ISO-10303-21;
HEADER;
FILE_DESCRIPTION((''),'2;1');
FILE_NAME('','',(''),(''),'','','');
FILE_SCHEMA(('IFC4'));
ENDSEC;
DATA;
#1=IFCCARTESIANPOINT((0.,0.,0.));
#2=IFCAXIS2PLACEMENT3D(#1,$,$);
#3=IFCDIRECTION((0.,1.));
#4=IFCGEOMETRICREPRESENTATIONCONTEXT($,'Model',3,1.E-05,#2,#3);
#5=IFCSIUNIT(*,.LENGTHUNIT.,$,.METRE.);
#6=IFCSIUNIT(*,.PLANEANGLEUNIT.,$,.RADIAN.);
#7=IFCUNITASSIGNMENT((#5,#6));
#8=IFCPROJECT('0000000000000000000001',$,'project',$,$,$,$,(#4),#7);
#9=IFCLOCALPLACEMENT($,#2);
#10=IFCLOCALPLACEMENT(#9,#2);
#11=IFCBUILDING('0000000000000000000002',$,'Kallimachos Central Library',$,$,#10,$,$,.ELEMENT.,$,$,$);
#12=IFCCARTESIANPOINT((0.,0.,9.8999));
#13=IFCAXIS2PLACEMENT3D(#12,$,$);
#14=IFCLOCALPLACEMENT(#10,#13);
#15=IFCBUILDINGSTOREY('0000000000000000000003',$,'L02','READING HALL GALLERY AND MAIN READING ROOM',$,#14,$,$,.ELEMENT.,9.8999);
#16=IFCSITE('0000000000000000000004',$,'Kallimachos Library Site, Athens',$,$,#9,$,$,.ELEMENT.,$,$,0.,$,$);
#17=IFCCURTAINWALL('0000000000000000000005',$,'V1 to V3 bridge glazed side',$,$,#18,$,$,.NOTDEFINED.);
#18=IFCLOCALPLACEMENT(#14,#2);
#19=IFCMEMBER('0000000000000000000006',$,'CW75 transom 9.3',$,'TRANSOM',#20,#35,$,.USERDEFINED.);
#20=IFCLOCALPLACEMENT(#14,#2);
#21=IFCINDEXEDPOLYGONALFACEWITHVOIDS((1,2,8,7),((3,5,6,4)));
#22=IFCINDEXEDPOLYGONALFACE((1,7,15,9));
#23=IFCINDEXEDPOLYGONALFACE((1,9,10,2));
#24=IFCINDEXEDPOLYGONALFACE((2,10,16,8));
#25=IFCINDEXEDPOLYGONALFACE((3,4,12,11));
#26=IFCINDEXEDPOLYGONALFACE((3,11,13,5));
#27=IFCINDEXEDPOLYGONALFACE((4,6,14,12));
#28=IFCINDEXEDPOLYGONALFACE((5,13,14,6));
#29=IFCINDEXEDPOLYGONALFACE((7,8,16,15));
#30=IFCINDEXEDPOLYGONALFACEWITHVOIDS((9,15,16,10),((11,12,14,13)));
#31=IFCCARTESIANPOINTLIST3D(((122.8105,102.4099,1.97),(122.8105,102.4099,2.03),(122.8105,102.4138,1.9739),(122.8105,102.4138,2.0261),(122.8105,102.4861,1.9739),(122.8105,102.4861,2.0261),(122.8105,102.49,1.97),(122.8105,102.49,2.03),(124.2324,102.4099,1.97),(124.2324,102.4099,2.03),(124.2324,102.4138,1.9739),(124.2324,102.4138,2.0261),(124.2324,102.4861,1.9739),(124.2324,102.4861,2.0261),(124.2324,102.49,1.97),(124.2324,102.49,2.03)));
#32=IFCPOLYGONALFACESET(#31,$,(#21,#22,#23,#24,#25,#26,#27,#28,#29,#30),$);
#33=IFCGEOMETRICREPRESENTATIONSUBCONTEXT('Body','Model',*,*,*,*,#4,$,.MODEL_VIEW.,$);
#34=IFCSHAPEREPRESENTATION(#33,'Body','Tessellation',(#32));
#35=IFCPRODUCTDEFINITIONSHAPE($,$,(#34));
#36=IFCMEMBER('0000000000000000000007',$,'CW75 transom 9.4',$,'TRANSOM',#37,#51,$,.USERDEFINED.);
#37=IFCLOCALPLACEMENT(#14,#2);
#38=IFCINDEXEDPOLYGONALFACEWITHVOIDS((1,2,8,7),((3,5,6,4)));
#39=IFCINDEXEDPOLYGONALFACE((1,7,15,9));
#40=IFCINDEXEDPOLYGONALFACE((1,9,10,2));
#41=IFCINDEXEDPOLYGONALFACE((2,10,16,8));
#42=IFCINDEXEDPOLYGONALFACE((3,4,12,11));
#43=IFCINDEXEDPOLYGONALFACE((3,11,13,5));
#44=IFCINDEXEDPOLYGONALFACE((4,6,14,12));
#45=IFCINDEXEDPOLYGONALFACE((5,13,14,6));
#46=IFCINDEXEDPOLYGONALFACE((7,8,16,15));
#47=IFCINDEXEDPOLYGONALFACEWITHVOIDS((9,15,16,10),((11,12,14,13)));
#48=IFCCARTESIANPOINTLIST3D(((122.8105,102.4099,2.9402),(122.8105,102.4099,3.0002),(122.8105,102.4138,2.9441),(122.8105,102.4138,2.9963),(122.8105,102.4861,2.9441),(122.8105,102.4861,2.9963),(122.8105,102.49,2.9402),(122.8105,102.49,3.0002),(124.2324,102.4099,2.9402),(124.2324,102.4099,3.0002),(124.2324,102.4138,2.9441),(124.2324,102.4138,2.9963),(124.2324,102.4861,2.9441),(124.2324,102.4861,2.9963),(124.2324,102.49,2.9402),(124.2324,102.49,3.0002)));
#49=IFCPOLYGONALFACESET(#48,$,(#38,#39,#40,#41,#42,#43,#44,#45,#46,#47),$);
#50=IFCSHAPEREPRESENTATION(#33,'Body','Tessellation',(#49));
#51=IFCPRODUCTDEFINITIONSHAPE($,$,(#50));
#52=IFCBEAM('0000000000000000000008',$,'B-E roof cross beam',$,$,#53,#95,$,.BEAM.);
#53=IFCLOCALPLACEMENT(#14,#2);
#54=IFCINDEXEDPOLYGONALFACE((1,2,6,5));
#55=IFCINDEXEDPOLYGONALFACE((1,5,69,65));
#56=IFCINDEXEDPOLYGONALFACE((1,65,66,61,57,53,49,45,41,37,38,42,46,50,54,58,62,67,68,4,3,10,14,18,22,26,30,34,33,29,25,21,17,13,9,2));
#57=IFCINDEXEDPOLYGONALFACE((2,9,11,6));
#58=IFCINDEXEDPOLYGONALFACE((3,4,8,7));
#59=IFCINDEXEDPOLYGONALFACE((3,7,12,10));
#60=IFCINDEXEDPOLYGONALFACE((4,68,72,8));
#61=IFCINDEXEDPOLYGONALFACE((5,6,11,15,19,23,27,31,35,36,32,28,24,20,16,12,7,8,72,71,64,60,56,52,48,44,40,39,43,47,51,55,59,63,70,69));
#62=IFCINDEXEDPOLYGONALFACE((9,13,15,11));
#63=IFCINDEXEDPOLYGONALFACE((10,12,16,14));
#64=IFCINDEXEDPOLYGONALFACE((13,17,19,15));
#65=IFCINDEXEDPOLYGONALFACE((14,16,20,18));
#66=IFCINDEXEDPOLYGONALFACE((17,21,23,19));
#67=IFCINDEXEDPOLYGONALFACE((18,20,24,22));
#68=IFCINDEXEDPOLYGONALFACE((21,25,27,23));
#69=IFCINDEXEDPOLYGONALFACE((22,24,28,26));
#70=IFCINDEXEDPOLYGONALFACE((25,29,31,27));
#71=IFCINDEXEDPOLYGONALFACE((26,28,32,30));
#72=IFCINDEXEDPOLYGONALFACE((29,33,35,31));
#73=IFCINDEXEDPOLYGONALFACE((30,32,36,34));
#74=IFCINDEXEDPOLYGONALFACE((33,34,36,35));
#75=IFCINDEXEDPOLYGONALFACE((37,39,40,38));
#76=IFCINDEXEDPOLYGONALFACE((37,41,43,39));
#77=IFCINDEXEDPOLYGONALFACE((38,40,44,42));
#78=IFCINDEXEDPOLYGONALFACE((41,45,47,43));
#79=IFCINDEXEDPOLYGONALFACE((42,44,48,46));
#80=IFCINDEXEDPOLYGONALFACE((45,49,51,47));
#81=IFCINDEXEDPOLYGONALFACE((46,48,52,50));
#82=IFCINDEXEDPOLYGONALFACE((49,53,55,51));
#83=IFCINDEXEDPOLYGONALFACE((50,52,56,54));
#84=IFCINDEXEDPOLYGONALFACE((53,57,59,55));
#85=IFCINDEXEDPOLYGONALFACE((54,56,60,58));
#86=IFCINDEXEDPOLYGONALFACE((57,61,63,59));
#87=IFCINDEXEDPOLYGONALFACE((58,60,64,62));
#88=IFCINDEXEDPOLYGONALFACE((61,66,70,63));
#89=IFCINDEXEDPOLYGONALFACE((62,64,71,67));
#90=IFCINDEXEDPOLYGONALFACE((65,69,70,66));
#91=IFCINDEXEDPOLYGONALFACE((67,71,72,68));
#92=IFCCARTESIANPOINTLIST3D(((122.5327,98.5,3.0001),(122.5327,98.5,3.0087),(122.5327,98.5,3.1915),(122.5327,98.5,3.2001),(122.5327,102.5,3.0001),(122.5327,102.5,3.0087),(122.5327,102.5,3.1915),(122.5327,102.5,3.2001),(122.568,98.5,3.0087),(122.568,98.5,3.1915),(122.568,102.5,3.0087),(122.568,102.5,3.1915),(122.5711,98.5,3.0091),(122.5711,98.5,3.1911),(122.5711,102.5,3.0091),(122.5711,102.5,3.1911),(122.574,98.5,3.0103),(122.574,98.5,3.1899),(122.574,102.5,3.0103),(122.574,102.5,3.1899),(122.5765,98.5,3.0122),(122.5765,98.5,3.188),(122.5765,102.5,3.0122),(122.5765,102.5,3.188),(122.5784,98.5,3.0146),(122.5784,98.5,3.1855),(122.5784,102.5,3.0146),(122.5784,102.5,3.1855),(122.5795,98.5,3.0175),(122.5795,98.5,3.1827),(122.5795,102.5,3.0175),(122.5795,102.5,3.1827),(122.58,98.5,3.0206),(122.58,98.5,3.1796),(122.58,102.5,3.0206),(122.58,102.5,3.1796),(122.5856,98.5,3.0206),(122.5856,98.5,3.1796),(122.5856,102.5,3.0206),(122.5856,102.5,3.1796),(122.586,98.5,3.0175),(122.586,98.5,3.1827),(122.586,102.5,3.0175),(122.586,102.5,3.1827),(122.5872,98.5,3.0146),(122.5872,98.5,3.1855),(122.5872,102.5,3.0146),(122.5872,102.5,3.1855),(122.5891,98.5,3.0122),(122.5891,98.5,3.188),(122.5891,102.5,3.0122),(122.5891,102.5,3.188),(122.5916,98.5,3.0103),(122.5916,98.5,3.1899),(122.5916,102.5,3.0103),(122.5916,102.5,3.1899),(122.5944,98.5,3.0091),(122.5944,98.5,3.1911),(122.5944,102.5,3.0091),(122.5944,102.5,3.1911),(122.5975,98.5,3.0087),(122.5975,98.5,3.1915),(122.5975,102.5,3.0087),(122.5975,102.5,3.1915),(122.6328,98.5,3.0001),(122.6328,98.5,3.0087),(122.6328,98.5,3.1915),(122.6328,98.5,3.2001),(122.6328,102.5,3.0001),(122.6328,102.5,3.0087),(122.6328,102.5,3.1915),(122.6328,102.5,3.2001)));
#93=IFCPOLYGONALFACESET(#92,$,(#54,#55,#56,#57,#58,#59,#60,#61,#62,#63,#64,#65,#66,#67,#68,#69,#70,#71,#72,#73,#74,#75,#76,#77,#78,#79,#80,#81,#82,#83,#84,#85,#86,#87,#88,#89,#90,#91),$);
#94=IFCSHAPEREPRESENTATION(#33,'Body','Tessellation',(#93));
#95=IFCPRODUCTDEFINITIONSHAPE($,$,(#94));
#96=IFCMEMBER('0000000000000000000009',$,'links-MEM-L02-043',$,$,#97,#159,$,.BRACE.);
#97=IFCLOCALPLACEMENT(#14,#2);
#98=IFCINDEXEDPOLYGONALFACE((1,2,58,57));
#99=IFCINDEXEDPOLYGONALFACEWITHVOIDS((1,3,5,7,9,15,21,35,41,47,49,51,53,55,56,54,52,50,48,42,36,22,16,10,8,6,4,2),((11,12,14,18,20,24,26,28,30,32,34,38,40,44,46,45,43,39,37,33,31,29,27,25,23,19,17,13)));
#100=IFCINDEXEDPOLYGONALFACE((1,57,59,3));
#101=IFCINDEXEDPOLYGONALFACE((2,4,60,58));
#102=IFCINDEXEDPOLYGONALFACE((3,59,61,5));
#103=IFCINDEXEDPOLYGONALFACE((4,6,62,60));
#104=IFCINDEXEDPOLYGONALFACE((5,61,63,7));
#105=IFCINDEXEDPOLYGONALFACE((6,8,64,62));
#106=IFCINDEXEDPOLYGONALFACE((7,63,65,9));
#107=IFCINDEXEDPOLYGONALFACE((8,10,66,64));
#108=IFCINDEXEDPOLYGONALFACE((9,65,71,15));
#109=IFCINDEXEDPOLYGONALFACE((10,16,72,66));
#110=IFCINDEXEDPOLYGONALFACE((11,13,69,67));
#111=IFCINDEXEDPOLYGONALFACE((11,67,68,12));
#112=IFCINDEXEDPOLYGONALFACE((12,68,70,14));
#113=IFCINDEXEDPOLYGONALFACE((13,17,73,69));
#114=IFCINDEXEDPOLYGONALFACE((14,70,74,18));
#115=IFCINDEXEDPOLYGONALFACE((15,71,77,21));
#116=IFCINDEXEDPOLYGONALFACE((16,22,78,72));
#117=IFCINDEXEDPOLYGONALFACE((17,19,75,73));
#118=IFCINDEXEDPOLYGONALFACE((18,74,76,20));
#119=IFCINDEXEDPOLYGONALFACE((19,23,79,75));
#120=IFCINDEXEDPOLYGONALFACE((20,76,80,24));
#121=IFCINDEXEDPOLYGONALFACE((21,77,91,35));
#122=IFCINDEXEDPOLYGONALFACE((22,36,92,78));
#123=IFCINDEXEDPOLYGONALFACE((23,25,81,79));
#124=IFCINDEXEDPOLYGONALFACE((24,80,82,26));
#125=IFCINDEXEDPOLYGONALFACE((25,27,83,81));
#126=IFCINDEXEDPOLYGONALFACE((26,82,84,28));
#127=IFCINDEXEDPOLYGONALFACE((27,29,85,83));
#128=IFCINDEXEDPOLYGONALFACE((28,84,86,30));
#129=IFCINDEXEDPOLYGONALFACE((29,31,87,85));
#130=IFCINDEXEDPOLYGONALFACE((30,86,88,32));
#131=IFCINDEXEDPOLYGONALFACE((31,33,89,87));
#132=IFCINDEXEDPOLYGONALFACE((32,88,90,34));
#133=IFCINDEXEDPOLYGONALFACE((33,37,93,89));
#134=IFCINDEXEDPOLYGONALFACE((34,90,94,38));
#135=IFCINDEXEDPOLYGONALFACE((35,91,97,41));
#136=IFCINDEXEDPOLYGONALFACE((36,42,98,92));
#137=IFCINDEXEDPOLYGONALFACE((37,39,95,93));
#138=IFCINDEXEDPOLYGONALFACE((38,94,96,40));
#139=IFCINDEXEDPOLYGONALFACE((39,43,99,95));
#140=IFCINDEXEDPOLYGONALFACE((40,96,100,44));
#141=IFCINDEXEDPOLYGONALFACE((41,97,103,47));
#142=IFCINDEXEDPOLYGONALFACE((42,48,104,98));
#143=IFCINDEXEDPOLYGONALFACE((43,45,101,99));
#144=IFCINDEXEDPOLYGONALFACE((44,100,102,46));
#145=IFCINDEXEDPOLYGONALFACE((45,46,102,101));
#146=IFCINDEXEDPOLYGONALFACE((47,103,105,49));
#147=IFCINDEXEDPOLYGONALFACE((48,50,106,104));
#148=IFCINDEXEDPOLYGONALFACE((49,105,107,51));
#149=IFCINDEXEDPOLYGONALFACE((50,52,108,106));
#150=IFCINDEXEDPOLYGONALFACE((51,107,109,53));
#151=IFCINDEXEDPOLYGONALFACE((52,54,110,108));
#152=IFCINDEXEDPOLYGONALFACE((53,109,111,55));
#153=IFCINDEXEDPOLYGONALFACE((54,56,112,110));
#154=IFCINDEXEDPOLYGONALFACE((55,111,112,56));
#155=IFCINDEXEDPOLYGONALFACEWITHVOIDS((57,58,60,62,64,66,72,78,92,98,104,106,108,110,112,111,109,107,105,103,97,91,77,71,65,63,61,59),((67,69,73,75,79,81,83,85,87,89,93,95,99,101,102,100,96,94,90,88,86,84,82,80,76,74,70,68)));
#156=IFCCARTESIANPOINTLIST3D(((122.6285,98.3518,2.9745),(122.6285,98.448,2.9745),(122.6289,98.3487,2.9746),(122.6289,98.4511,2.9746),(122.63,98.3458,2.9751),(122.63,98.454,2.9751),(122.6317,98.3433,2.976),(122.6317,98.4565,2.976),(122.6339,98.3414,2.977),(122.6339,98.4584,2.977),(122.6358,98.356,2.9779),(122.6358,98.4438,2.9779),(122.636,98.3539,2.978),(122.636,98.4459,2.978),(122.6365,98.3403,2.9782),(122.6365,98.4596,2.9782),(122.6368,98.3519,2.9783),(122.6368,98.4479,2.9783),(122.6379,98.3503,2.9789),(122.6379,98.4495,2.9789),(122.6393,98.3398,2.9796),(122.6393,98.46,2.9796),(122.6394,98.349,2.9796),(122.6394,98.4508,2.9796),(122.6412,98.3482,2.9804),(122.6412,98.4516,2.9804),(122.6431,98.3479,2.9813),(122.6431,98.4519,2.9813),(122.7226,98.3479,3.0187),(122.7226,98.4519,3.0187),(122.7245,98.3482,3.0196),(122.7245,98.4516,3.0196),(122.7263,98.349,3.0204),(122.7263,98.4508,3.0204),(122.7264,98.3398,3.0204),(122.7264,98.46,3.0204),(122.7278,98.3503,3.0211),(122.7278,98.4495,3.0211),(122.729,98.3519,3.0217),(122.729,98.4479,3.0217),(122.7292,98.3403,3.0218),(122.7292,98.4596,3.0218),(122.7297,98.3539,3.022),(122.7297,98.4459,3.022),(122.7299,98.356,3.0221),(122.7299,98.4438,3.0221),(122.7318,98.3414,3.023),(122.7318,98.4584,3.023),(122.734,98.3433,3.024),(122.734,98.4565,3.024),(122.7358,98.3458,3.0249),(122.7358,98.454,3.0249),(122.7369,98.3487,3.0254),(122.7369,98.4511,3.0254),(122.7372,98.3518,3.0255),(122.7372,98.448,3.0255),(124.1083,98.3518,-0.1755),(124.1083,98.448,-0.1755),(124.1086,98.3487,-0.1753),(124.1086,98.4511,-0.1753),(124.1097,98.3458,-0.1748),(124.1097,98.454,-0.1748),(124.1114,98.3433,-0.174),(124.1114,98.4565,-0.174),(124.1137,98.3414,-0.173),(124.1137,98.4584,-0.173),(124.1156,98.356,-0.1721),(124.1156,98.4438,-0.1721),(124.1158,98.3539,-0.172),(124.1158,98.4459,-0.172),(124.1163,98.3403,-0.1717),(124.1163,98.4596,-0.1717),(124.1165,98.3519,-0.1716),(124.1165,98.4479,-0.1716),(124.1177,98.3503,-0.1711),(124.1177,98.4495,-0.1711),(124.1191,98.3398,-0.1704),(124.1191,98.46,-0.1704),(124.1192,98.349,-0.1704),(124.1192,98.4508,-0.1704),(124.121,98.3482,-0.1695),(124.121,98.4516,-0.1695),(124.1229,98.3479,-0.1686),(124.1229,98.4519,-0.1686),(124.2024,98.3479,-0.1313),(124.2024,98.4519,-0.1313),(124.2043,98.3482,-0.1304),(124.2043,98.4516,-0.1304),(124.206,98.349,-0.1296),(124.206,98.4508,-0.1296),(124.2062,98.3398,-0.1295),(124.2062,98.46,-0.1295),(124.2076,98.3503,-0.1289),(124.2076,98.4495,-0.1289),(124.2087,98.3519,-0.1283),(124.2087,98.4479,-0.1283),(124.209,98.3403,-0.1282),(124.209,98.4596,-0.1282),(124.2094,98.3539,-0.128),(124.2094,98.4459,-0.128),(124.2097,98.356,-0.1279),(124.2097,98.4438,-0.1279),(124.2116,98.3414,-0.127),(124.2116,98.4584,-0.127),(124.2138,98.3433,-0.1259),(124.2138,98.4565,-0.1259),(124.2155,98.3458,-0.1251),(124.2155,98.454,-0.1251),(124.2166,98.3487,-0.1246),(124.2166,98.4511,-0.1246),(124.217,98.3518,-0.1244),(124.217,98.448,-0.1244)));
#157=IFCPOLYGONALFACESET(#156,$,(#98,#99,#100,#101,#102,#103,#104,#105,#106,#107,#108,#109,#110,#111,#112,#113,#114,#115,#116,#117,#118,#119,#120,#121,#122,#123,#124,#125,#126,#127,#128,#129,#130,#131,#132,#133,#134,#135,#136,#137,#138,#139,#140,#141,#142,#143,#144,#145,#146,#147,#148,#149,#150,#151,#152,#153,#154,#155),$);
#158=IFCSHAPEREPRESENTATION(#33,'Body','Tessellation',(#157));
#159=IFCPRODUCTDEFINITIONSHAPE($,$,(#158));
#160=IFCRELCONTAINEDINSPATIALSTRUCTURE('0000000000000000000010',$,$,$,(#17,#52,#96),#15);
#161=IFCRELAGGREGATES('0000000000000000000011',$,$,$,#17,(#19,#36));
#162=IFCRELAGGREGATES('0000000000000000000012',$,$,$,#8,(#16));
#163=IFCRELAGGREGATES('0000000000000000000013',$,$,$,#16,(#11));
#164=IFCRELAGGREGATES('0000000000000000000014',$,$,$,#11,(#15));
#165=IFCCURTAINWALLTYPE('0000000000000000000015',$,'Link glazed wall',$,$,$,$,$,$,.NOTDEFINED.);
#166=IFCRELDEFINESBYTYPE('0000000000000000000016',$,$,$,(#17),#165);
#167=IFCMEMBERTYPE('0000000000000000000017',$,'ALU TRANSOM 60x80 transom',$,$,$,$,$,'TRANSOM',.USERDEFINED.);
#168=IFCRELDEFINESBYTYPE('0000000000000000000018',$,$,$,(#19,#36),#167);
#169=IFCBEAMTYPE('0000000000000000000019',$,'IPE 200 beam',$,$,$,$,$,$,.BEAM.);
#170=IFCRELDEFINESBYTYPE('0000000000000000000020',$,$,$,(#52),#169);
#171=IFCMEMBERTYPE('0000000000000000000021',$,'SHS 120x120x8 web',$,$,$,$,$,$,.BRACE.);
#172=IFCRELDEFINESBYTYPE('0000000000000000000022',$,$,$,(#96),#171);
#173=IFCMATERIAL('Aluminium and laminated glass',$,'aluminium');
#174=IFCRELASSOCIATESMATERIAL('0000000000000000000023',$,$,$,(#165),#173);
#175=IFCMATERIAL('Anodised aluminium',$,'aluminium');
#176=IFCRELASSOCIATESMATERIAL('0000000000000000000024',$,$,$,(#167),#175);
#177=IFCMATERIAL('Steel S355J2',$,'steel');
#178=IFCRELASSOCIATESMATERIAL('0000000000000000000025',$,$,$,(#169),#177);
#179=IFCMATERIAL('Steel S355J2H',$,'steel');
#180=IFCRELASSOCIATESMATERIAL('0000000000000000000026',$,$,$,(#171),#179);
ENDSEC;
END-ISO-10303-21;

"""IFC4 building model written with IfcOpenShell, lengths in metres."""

from ifc_helpers import new_model, si_unit, direction, frame, origin, origin_2d, place, context, subcontext, project, spatial, hollow_rectangle, i_section, extrude, material, material_profile, profile_set, type_object, element, aggregate, save


model = new_model("IFC4")

# Units and contexts
model_context = context("Model", 3, precision=1e-05, world=origin(), true_north=direction((0.0, 1.0)))
body_context = subcontext(model_context, "Body", "Model", "MODEL_VIEW")
ifc_project = project(units=[si_unit("LENGTHUNIT", "METRE"), si_unit("PLANEANGLEUNIT", "RADIAN")], contexts=[model_context])

# Site, building, storey
site_placement = place(None, origin())
site = spatial("IfcSite", under=ifc_project, at=site_placement, Name="Kallimachos Library Site, Athens", CompositionType="ELEMENT", RefElevation=0.0)
building_placement = place(site_placement, origin())
building = spatial("IfcBuilding", under=site, at=building_placement, Name="Kallimachos Central Library", CompositionType="ELEMENT")
storey_placement = place(building_placement, frame((0.0, 0.0, 9.8999)))
storey = spatial("IfcBuildingStorey", under=building, at=storey_placement, Name="L02", Description="READING HALL GALLERY AND MAIN READING ROOM", CompositionType="ELEMENT", Elevation=9.8999)

# Curtain wall
ifc_material_1 = material(Name="Aluminium and laminated glass", Category="aluminium")
curtain_wall_type = type_object("IfcCurtainWallType", Name="Link glazed wall", PredefinedType="NOTDEFINED", material=ifc_material_1)
curtain_wall_1_placement = place(storey_placement, origin())
curtain_wall_1 = element("IfcCurtainWall", 1, at=curtain_wall_1_placement, inside=storey, type_object=curtain_wall_type, Name="V1 to V3 bridge glazed side", PredefinedType="NOTDEFINED")

# Members
ifc_material_2 = material(Name="Anodised aluminium", Category="aluminium")
ifc_material_profile_1 = material_profile(ifc_material_2, hollow_rectangle(XDim=0.0601, YDim=0.0801, WallThickness=0.0039, at=origin_2d()), Name="ALU TRANSOM 60x80")
ifc_profile_set_1 = profile_set([ifc_material_profile_1], Name="Anodised aluminium")
member_type_1 = type_object("IfcMemberType", Name="ALU TRANSOM 60x80 transom", ElementType="TRANSOM", PredefinedType="USERDEFINED", material=ifc_profile_set_1)
member_1_placement = place(storey_placement, frame((122.8105, 102.45, 2.0), z_axis=(1.0, 0.0, 0.0), x_axis=(0.0, 0.0, 1.0)))
member_1 = element("IfcMember", 2, at=member_1_placement, type_object=member_type_1, Name="CW75 transom 9.3", ObjectType="TRANSOM", PredefinedType="USERDEFINED", context=body_context, shape_type="SweptSolid", body=[
    extrude(hollow_rectangle(XDim=0.0601, YDim=0.0801, WallThickness=0.0039, at=origin_2d()), origin(), (0.0, 0.0, 1.0), 1.4219),
])
member_2_placement = place(storey_placement, frame((122.8105, 102.45, 2.9702), z_axis=(1.0, 0.0, 0.0), x_axis=(0.0, 0.0, 1.0)))
member_2 = element("IfcMember", 3, at=member_2_placement, type_object=member_type_1, Name="CW75 transom 9.4", ObjectType="TRANSOM", PredefinedType="USERDEFINED", context=body_context, shape_type="SweptSolid", body=[
    extrude(hollow_rectangle(XDim=0.0601, YDim=0.0801, WallThickness=0.0039, at=origin_2d()), origin(), (0.0, 0.0, 1.0), 1.4219),
])

# Beam
ifc_material_3 = material(Name="Steel S355J2", Category="steel")
ifc_material_profile_2 = material_profile(ifc_material_3, i_section(OverallWidth=0.1001, OverallDepth=0.2, WebThickness=0.0056, FlangeThickness=0.0085, FilletRadius=0.012, at=origin_2d()), Name="IPE 200")
ifc_profile_set_2 = profile_set([ifc_material_profile_2], Name="Steel S355J2")
beam_type = type_object("IfcBeamType", Name="IPE 200 beam", PredefinedType="BEAM", material=ifc_profile_set_2)
beam_placement = place(storey_placement, frame((122.5828, 98.5, 3.1001), z_axis=(0.0, 1.0, 0.0), x_axis=(-1.0, 0.0, 0.0)))
element("IfcBeam", 4, at=beam_placement, inside=storey, type_object=beam_type, Name="B-E roof cross beam", PredefinedType="BEAM", context=body_context, shape_type="SweptSolid", body=[
    extrude(i_section(OverallWidth=0.1001, OverallDepth=0.2, WebThickness=0.0056, FlangeThickness=0.0085, FilletRadius=0.012, at=origin_2d()), origin(), (0.0, 0.0, 1.0), 4.0),
])

# Member
ifc_material_4 = material(Name="Steel S355J2H", Category="steel")
ifc_material_profile_3 = material_profile(ifc_material_4, hollow_rectangle(XDim=0.1201, YDim=0.1201, WallThickness=0.0081, InnerFilletRadius=0.0081, OuterFilletRadius=0.012, at=origin_2d()), Name="SHS 120x120x8")
ifc_profile_set_3 = profile_set([ifc_material_profile_3], Name="Steel S355J2H")
member_type_2 = type_object("IfcMemberType", Name="SHS 120x120x8 web", PredefinedType="BRACE", material=ifc_profile_set_3)
for number, where, z_axis, x_axis, name in (
    (5, (122.6829, 98.3999, 3.0), (0.425192, 0.0, -0.905103), (0.0, 1.0, 0.0), "links-MEM-L02-043"),
):
    element("IfcMember", number, at=place(storey_placement, frame(where, z_axis=z_axis, x_axis=x_axis)), inside=storey, type_object=member_type_2, Name=name, PredefinedType="BRACE", context=body_context, shape_type="SweptSolid", body=[
        extrude(hollow_rectangle(XDim=0.1201, YDim=0.1201, WallThickness=0.0081, InnerFilletRadius=0.0081, OuterFilletRadius=0.012, at=origin_2d()), origin(), (0.0, 0.0, 1.0), 3.4802),
    ])

aggregate(curtain_wall_1, [member_1, member_2])

save(model, "model.ifc")
